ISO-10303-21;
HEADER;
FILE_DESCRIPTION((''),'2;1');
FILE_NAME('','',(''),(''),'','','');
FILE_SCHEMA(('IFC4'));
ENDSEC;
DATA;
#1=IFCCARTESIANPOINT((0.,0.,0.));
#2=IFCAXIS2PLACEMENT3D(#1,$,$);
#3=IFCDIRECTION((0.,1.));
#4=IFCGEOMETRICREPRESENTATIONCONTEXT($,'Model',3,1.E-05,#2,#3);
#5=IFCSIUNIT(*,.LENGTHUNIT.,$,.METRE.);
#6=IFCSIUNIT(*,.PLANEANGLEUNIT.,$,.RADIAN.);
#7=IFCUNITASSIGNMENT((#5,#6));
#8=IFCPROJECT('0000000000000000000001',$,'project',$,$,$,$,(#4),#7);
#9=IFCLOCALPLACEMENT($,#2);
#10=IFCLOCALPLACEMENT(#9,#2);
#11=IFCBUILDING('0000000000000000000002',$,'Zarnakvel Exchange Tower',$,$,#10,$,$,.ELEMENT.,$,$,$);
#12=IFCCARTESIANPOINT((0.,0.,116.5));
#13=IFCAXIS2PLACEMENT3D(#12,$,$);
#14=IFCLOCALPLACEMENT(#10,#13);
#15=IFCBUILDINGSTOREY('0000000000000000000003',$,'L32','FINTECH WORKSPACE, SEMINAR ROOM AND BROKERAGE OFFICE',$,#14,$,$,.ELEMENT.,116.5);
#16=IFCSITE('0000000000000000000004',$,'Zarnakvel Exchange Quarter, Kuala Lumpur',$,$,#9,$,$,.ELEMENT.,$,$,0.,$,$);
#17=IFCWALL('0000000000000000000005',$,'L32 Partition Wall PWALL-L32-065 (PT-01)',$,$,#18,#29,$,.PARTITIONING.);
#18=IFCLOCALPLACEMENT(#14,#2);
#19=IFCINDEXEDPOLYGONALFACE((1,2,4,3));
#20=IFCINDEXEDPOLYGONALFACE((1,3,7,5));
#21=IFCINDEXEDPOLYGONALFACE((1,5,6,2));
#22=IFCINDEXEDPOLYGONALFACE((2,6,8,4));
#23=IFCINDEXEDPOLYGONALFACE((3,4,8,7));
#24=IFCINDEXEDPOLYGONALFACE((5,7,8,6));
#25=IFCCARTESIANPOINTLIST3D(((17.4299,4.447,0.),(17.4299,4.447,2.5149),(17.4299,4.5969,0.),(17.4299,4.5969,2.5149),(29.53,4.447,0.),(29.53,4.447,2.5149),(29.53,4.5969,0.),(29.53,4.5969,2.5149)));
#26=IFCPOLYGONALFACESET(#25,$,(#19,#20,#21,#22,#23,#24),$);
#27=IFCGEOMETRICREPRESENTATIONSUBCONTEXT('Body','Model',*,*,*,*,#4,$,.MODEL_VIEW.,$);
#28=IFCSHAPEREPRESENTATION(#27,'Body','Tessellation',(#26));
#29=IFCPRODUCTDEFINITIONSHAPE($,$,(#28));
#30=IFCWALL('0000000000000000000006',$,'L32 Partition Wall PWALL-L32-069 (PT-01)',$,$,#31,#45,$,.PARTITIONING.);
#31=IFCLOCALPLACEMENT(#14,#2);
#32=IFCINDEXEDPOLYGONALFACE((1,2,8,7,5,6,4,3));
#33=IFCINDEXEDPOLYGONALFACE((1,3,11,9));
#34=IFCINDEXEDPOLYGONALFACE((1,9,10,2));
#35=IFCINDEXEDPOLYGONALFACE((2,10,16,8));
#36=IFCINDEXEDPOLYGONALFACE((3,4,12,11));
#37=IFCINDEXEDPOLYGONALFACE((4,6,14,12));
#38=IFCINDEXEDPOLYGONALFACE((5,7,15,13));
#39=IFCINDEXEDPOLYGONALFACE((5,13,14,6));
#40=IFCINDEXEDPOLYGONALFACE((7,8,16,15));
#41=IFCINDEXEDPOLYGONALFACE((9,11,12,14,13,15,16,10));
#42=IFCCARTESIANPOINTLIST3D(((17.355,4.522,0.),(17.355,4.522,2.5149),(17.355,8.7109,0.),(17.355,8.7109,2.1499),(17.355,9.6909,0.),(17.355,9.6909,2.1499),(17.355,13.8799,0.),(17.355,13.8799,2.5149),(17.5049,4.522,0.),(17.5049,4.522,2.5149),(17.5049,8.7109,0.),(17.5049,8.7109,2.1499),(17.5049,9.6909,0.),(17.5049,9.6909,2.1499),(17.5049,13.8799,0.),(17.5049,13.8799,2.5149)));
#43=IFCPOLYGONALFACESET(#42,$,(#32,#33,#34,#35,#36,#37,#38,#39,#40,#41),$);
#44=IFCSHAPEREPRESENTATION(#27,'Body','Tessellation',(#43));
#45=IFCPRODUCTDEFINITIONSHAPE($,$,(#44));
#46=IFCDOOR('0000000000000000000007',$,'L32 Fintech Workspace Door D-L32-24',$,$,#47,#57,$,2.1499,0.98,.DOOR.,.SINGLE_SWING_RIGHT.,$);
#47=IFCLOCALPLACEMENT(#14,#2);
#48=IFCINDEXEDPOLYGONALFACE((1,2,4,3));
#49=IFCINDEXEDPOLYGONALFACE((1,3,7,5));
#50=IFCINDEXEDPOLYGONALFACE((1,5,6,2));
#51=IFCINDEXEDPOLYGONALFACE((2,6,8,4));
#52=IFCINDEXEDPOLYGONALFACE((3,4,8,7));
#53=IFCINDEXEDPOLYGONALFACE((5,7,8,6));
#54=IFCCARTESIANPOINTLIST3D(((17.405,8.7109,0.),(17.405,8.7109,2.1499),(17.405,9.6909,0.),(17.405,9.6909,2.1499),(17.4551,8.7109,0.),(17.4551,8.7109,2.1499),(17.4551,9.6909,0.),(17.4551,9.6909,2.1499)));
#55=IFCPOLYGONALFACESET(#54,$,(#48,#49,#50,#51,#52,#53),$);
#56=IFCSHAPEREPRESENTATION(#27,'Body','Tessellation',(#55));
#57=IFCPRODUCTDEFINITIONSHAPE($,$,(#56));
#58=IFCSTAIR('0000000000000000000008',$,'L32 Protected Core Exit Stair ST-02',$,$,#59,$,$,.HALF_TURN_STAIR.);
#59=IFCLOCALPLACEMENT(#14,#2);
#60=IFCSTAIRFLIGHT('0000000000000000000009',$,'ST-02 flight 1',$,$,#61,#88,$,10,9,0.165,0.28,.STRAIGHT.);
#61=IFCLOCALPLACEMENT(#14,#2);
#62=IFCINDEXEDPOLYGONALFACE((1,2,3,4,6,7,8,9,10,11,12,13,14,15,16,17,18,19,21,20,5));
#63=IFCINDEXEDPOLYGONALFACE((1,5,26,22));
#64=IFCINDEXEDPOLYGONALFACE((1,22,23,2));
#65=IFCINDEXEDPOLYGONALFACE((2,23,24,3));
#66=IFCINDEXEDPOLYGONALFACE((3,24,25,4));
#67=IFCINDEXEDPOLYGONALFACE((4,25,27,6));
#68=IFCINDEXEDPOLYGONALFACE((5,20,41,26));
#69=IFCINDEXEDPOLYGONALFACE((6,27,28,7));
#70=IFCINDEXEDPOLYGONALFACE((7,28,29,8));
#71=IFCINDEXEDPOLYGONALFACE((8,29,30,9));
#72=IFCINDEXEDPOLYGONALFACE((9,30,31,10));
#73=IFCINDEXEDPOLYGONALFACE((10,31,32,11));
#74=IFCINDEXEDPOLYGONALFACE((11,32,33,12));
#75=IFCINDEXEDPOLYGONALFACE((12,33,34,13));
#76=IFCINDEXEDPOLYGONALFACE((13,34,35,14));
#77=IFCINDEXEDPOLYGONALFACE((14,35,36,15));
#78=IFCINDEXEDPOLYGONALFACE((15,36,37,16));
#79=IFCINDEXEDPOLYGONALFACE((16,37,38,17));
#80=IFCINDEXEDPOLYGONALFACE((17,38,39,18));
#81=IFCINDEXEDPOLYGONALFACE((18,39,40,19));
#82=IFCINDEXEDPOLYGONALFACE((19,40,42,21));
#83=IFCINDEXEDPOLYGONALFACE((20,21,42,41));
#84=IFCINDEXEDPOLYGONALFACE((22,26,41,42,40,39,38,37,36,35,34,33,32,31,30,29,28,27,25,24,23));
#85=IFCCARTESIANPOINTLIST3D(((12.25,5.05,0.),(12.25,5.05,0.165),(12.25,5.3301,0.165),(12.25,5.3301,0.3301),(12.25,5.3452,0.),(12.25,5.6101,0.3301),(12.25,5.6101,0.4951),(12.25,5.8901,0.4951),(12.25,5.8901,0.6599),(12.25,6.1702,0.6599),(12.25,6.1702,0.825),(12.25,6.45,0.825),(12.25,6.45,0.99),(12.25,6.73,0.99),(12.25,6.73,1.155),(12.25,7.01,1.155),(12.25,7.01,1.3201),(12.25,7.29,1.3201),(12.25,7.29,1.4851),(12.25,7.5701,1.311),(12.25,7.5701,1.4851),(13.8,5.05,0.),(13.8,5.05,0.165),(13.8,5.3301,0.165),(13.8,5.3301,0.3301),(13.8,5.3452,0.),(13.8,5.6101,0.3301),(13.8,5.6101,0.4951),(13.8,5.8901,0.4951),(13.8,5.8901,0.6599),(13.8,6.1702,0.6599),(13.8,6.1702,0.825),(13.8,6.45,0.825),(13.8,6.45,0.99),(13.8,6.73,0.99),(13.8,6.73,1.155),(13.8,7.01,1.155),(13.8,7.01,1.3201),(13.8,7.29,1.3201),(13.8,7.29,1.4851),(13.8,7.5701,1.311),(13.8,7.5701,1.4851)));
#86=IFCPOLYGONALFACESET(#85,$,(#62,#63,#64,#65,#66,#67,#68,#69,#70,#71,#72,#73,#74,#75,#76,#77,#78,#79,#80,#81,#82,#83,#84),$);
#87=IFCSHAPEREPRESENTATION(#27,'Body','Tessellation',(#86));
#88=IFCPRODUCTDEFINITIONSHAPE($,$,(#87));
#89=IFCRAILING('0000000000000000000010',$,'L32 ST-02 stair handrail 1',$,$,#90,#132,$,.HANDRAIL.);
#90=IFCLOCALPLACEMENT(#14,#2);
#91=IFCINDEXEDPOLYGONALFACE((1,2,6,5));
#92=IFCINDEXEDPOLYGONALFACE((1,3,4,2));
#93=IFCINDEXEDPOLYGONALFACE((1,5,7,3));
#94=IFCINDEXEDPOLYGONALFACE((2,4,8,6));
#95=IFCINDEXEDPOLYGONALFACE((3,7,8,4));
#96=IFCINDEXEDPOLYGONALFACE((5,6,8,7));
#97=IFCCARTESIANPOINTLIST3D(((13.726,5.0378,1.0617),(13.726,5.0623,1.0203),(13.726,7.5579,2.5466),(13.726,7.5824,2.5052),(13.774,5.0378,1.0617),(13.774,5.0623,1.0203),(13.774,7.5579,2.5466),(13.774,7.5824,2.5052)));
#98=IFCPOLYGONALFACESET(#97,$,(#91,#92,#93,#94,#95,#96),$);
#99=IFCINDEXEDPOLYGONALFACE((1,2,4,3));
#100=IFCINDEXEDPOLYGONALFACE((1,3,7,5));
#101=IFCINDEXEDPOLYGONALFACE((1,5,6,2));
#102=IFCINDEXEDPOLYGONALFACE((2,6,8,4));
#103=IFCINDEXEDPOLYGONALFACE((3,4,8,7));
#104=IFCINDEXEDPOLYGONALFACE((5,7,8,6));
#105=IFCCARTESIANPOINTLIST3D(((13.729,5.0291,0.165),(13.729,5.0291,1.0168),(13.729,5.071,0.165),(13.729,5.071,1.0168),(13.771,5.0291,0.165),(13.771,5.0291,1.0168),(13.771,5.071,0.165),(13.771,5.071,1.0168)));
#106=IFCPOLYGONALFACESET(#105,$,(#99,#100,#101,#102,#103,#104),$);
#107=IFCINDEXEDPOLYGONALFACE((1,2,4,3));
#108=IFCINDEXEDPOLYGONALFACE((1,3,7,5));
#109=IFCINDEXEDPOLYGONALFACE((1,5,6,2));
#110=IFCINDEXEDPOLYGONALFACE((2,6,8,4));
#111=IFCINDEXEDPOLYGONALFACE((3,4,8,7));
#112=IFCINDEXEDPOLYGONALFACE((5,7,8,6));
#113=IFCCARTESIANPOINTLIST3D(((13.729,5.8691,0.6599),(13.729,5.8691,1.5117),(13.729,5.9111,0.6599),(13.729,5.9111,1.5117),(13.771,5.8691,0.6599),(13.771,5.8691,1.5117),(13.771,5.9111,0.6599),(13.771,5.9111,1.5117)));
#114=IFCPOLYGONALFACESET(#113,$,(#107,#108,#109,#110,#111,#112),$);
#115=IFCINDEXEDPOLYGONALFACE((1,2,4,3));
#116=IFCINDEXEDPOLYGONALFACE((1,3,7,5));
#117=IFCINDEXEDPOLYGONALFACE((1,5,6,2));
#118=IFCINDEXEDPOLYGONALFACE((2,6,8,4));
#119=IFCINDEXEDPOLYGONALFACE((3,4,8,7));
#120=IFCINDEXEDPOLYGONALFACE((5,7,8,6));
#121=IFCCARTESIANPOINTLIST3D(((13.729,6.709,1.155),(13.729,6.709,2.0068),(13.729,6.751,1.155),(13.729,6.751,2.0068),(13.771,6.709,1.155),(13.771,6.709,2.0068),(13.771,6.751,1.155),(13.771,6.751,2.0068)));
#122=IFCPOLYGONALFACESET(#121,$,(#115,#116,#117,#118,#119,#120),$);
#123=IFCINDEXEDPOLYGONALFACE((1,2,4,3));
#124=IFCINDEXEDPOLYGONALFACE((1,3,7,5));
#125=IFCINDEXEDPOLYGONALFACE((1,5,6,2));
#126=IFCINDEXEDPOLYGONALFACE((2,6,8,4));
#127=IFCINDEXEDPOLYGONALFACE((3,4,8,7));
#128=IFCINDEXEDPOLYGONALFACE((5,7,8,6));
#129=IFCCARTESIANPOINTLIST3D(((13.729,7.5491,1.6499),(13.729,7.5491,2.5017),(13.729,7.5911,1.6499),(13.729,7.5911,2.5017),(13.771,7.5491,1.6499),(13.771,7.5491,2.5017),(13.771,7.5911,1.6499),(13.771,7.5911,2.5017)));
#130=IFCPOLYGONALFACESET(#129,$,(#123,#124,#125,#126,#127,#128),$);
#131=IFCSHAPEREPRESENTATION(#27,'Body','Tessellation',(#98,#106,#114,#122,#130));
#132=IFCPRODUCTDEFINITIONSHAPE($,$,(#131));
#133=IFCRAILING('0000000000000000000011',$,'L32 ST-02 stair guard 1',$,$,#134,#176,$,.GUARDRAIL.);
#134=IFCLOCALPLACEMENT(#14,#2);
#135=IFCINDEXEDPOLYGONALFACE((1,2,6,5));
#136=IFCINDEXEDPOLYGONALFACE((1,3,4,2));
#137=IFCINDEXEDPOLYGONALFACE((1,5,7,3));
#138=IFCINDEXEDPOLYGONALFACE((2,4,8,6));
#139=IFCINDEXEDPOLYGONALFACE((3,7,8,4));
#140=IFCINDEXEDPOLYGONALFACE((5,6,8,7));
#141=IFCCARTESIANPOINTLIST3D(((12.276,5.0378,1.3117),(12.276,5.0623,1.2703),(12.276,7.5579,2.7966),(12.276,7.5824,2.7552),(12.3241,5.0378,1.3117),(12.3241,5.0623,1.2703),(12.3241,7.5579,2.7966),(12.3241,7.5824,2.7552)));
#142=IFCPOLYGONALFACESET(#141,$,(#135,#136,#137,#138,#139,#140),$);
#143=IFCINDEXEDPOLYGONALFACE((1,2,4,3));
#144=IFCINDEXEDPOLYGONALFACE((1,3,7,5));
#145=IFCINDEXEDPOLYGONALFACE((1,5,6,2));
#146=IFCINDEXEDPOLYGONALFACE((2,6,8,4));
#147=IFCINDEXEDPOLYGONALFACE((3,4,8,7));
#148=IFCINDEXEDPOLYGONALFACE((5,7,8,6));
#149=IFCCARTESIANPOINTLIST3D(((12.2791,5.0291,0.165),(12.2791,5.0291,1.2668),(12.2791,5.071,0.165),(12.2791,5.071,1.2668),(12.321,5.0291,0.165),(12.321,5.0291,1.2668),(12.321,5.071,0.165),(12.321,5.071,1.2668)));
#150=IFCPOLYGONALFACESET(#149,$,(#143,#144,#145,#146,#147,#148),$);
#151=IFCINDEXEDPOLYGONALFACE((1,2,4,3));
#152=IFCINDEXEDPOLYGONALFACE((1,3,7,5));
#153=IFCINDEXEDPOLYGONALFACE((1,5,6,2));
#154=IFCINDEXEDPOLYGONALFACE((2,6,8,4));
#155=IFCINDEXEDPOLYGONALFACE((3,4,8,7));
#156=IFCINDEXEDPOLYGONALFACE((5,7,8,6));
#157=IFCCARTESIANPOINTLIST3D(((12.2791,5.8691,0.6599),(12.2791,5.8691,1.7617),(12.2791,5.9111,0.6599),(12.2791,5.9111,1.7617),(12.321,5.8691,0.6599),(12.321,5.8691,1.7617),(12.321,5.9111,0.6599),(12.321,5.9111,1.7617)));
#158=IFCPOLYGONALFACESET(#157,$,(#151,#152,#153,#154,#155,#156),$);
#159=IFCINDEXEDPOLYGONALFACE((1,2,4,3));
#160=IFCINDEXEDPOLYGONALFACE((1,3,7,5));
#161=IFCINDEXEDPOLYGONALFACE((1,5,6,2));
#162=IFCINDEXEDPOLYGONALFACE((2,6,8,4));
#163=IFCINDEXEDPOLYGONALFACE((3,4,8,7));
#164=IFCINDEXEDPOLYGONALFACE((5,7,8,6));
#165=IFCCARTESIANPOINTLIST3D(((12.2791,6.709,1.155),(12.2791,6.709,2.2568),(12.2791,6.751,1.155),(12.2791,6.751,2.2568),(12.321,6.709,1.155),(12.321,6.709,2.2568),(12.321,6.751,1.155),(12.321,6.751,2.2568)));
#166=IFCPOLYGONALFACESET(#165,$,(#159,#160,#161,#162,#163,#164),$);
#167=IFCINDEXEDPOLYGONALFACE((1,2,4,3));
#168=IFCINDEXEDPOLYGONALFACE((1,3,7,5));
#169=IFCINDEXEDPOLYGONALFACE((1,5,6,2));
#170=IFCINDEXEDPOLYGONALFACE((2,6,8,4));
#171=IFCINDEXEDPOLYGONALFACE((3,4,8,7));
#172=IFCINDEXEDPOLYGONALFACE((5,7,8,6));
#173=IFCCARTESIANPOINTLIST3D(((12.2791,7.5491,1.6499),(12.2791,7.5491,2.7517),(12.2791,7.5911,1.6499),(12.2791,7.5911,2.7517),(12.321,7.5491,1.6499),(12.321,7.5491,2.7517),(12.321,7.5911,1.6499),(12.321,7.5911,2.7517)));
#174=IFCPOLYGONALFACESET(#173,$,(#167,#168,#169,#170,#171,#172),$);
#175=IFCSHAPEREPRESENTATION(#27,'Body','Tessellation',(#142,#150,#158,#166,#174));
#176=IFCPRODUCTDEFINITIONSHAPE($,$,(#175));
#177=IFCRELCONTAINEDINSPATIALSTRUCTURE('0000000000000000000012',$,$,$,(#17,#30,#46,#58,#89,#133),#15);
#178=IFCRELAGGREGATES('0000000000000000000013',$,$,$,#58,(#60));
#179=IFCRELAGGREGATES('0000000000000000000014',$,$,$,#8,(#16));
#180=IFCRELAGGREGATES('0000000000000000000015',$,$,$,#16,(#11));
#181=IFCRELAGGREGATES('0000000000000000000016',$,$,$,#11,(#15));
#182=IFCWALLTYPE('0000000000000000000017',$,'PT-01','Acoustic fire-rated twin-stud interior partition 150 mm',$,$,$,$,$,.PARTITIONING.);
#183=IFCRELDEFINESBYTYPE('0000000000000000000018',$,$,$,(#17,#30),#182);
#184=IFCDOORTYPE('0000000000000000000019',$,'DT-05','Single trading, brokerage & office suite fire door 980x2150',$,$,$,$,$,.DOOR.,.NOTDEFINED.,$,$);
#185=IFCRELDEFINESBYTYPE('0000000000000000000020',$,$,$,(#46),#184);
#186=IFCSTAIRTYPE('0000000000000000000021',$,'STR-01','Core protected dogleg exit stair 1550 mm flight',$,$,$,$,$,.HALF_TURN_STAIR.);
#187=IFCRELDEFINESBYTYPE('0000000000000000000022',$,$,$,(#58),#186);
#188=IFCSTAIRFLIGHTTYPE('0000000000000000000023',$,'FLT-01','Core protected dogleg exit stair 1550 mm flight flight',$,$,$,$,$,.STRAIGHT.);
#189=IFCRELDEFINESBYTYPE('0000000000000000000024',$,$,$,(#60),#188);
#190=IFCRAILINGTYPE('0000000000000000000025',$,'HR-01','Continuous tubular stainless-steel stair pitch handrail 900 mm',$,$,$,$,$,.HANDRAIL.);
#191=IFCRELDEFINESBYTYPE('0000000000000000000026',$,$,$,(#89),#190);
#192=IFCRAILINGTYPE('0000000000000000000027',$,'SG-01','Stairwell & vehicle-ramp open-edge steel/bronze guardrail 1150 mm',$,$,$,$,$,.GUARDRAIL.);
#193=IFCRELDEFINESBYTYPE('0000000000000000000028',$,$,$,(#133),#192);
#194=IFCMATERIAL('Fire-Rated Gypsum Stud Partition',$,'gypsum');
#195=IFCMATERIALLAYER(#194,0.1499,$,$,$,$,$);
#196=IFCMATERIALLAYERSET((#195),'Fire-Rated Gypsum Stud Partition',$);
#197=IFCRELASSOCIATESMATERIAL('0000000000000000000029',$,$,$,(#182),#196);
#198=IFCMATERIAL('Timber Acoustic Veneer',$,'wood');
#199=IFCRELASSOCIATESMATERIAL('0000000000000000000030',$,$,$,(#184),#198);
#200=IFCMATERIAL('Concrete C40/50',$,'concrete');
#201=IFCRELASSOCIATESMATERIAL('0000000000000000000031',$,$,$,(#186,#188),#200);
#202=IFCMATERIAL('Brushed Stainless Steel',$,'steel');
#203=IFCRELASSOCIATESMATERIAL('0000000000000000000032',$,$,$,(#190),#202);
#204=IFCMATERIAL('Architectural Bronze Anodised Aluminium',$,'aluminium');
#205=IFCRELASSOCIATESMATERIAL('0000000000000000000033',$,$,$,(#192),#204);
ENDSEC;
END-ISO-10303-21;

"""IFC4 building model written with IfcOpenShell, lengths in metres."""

from ifc_helpers import new_model, si_unit, direction, frame, frame_2d, origin, origin_2d, place, context, subcontext, project, spatial, polyline, rectangle, outline, extrude, source, transform, mapped, material, layer, layer_set, type_object, element, fill, aggregate, save


model = new_model("IFC4")

# Units and contexts
model_context = context("Model", 3, precision=1e-05, world=origin(), true_north=direction((0.0, 1.0)))
body_context = subcontext(model_context, "Body", "Model", "MODEL_VIEW")
ifc_project = project(units=[si_unit("LENGTHUNIT", "METRE"), si_unit("PLANEANGLEUNIT", "RADIAN")], contexts=[model_context])

# Site, building, storey
site_placement = place(None, origin())
site = spatial("IfcSite", under=ifc_project, at=site_placement, Name="Zarnakvel Exchange Quarter, Kuala Lumpur", CompositionType="ELEMENT", RefElevation=0.0)
building_placement = place(site_placement, origin())
building = spatial("IfcBuilding", under=site, at=building_placement, Name="Zarnakvel Exchange Tower", CompositionType="ELEMENT")
storey_placement = place(building_placement, frame((0.0, 0.0, 116.5)))
storey = spatial("IfcBuildingStorey", under=building, at=storey_placement, Name="L32", Description="FINTECH WORKSPACE, SEMINAR ROOM AND BROKERAGE OFFICE", CompositionType="ELEMENT", Elevation=116.5)

# Shared definitions
ifc_material_1 = material(Name="Architectural Bronze Anodised Aluminium", Category="aluminium")

# Wall
ifc_material_2 = material(Name="Fire-Rated Gypsum Stud Partition", Category="gypsum")
ifc_layer_1 = layer(ifc_material_2, 0.1499)
ifc_layer_set_1 = layer_set([ifc_layer_1], Name="Fire-Rated Gypsum Stud Partition")
wall_type_1 = type_object("IfcWallType", Name="PT-01", Description="Acoustic fire-rated twin-stud interior partition 150 mm", PredefinedType="PARTITIONING", material=ifc_layer_set_1)
wall_1_placement = place(storey_placement, frame((17.4299, 4.522, 0.0), z_axis=(0.0, 0.0, 1.0), x_axis=(1.0, 0.0, 0.0)))
element("IfcWall", 1, at=wall_1_placement, inside=storey, type_object=wall_type_1, Name="L32 Partition Wall PWALL-L32-065 (PT-01)", PredefinedType="PARTITIONING", context=body_context, shape_type="SweptSolid", body=[
    extrude(rectangle(XDim=12.1001, YDim=0.1499, at=frame_2d((6.05, 0.0))), origin(), (0.0, 0.0, 1.0), 2.5149),
])

# Wall, opening, door
wall_2_placement = place(storey_placement, frame((17.4299, 4.522, 0.0), z_axis=(0.0, 0.0, 1.0), x_axis=(0.0, 1.0, 0.0)))
wall_2 = element("IfcWall", 2, at=wall_2_placement, inside=storey, type_object=wall_type_1, Name="L32 Partition Wall PWALL-L32-069 (PT-01)", PredefinedType="PARTITIONING", context=body_context, shape_type="SweptSolid", body=[
    extrude(rectangle(XDim=9.3579, YDim=0.1499, at=frame_2d((4.679, 0.0))), origin(), (0.0, 0.0, 1.0), 2.5149),
])
opening_1_placement = place(wall_2_placement, frame((4.189, 0.0, 0.0)))
opening_1 = element("IfcOpeningElement", 3, at=opening_1_placement, cuts=wall_2, PredefinedType="OPENING", context=body_context, shape_type="SweptSolid", body=[
    extrude(rectangle(XDim=0.98, YDim=2.1499, at=frame_2d((0.49, 1.075))), frame((0.0, 0.085, 0.0), z_axis=(0.0, -1.0, 0.0), x_axis=(1.0, 0.0, 0.0)), (0.0, 0.0, 1.0), 0.1699),
])
ifc_material_3 = material(Name="Timber Acoustic Veneer", Category="wood")
door_type_1 = type_object("IfcDoorType", Name="DT-05", Description="Single trading, brokerage & office suite fire door 980x2150", OperationType="NOTDEFINED", PredefinedType="DOOR", material=ifc_material_3)
shared_shape_1 = source(origin(), body_context, "Body", "SweptSolid", [
    extrude(rectangle(XDim=0.98, YDim=2.1499, at=frame_2d((0.49, 1.075))), frame((0.0, 0.0249, 0.0), z_axis=(0.0, -1.0, 0.0), x_axis=(1.0, 0.0, 0.0)), (0.0, 0.0, 1.0), 0.05),
])
door_1_placement = place(opening_1_placement, origin())
door_1 = element("IfcDoor", 4, at=door_1_placement, inside=storey, type_object=door_type_1, Name="L32 Fintech Workspace Door D-L32-24", OperationType="SINGLE_SWING_RIGHT", OverallHeight=2.1499, OverallWidth=0.98, PredefinedType="DOOR", context=body_context, shape_type="MappedRepresentation", body=[
    mapped(shared_shape_1, transform((0.0, 0.0, 0.0), x_axis=(1.0, 0.0, 0.0), y_axis=(0.0, 1.0, 0.0), z_axis=(0.0, 0.0, 1.0), scale=1.0)),
])
fill(opening_1, door_1)
ifc_material_4 = material(Name="Concrete C40/50", Category="concrete")

# Stair, stair flight
stair_type = type_object("IfcStairType", Name="STR-01", Description="Core protected dogleg exit stair 1550 mm flight", PredefinedType="HALF_TURN_STAIR", material=ifc_material_4)
stair_placement = place(storey_placement, origin())
stair = element("IfcStair", 5, at=stair_placement, inside=storey, type_object=stair_type, Name="L32 Protected Core Exit Stair ST-02", PredefinedType="HALF_TURN_STAIR")
stair_flight_type = type_object("IfcStairFlightType", Name="FLT-01", Description="Core protected dogleg exit stair 1550 mm flight flight", PredefinedType="STRAIGHT", material=ifc_material_4)
stair_flight_placement = place(storey_placement, frame((13.0249, 5.05, 0.0), z_axis=(0.0, 0.0, 1.0), x_axis=(0.0, 1.0, 0.0)))
stair_flight = element("IfcStairFlight", 6, at=stair_flight_placement, type_object=stair_flight_type, Name="ST-02 flight 1", NumberOfRisers=10, NumberOfTreads=9, PredefinedType="STRAIGHT", RiserHeight=0.165, TreadLength=0.28, context=body_context, shape_type="SweptSolid", body=[
    extrude(outline(polyline([(0.0, 0.0), (0.0, 0.165), (0.28, 0.165), (0.28, 0.3301), (0.5601, 0.3301), (0.5601, 0.4951), (0.8401, 0.4951), (0.8401, 0.6599), (1.1201, 0.6599), (1.1201, 0.825), (1.3999, 0.825), (1.3999, 0.99), (1.6799, 0.99), (1.6799, 1.155), (1.96, 1.155), (1.96, 1.3201), (2.24, 1.3201), (2.24, 1.4851), (2.52, 1.4851), (2.52, 1.6499), (2.52, 1.311), (0.2952, 0.0), (0.0, 0.0)])), frame((0.0, 0.7749, 0.0), z_axis=(0.0, -1.0, 0.0), x_axis=(1.0, 0.0, 0.0)), (0.0, 0.0, 1.0), 1.55),
])
aggregate(stair, [stair_flight])

# Railings
ifc_material_5 = material(Name="Brushed Stainless Steel", Category="steel")
railing_type_1 = type_object("IfcRailingType", Name="HR-01", Description="Continuous tubular stainless-steel stair pitch handrail 900 mm", PredefinedType="HANDRAIL", material=ifc_material_5)
railing_1_placement = place(storey_placement, frame((13.75, 5.05, 0.165)))
element("IfcRailing", 7, at=railing_1_placement, inside=storey, type_object=railing_type_1, Name="L32 ST-02 stair handrail 1", PredefinedType="HANDRAIL", context=body_context, shape_type="SweptSolid", body=[
    extrude(rectangle(XDim=0.0481, YDim=0.0481, at=origin_2d()), frame((0.0, 0.0, 0.876), z_axis=(0.0, 0.861561, 0.507655), x_axis=(-1.0, 0.0, 0.0)), (0.0, 0.0, 1.0), 2.925),
    extrude(rectangle(XDim=0.042, YDim=0.042, at=origin_2d()), origin(), (0.0, 0.0, 1.0), 0.8518),
    extrude(rectangle(XDim=0.042, YDim=0.042, at=origin_2d()), frame((0.0, 0.8401, 0.4949)), (0.0, 0.0, 1.0), 0.8518),
    extrude(rectangle(XDim=0.042, YDim=0.042, at=origin_2d()), frame((0.0, 1.6799, 0.99)), (0.0, 0.0, 1.0), 0.8518),
    extrude(rectangle(XDim=0.042, YDim=0.042, at=origin_2d()), frame((0.0, 2.52, 1.4849)), (0.0, 0.0, 1.0), 0.8518),
])
railing_type_2 = type_object("IfcRailingType", Name="SG-01", Description="Stairwell & vehicle-ramp open-edge steel/bronze guardrail 1150 mm", PredefinedType="GUARDRAIL", material=ifc_material_1)
railing_2_placement = place(storey_placement, frame((12.3, 5.05, 0.165)))
element("IfcRailing", 8, at=railing_2_placement, inside=storey, type_object=railing_type_2, Name="L32 ST-02 stair guard 1", PredefinedType="GUARDRAIL", context=body_context, shape_type="SweptSolid", body=[
    extrude(rectangle(XDim=0.0481, YDim=0.0481, at=origin_2d()), frame((0.0, 0.0, 1.126), z_axis=(0.0, 0.861561, 0.507655), x_axis=(-1.0, 0.0, 0.0)), (0.0, 0.0, 1.0), 2.925),
    extrude(rectangle(XDim=0.042, YDim=0.042, at=origin_2d()), origin(), (0.0, 0.0, 1.0), 1.1018),
    extrude(rectangle(XDim=0.042, YDim=0.042, at=origin_2d()), frame((0.0, 0.8401, 0.4949)), (0.0, 0.0, 1.0), 1.1018),
    extrude(rectangle(XDim=0.042, YDim=0.042, at=origin_2d()), frame((0.0, 1.6799, 0.99)), (0.0, 0.0, 1.0), 1.1018),
    extrude(rectangle(XDim=0.042, YDim=0.042, at=origin_2d()), frame((0.0, 2.52, 1.4849)), (0.0, 0.0, 1.0), 1.1018),
])

save(model, "model.ifc")
